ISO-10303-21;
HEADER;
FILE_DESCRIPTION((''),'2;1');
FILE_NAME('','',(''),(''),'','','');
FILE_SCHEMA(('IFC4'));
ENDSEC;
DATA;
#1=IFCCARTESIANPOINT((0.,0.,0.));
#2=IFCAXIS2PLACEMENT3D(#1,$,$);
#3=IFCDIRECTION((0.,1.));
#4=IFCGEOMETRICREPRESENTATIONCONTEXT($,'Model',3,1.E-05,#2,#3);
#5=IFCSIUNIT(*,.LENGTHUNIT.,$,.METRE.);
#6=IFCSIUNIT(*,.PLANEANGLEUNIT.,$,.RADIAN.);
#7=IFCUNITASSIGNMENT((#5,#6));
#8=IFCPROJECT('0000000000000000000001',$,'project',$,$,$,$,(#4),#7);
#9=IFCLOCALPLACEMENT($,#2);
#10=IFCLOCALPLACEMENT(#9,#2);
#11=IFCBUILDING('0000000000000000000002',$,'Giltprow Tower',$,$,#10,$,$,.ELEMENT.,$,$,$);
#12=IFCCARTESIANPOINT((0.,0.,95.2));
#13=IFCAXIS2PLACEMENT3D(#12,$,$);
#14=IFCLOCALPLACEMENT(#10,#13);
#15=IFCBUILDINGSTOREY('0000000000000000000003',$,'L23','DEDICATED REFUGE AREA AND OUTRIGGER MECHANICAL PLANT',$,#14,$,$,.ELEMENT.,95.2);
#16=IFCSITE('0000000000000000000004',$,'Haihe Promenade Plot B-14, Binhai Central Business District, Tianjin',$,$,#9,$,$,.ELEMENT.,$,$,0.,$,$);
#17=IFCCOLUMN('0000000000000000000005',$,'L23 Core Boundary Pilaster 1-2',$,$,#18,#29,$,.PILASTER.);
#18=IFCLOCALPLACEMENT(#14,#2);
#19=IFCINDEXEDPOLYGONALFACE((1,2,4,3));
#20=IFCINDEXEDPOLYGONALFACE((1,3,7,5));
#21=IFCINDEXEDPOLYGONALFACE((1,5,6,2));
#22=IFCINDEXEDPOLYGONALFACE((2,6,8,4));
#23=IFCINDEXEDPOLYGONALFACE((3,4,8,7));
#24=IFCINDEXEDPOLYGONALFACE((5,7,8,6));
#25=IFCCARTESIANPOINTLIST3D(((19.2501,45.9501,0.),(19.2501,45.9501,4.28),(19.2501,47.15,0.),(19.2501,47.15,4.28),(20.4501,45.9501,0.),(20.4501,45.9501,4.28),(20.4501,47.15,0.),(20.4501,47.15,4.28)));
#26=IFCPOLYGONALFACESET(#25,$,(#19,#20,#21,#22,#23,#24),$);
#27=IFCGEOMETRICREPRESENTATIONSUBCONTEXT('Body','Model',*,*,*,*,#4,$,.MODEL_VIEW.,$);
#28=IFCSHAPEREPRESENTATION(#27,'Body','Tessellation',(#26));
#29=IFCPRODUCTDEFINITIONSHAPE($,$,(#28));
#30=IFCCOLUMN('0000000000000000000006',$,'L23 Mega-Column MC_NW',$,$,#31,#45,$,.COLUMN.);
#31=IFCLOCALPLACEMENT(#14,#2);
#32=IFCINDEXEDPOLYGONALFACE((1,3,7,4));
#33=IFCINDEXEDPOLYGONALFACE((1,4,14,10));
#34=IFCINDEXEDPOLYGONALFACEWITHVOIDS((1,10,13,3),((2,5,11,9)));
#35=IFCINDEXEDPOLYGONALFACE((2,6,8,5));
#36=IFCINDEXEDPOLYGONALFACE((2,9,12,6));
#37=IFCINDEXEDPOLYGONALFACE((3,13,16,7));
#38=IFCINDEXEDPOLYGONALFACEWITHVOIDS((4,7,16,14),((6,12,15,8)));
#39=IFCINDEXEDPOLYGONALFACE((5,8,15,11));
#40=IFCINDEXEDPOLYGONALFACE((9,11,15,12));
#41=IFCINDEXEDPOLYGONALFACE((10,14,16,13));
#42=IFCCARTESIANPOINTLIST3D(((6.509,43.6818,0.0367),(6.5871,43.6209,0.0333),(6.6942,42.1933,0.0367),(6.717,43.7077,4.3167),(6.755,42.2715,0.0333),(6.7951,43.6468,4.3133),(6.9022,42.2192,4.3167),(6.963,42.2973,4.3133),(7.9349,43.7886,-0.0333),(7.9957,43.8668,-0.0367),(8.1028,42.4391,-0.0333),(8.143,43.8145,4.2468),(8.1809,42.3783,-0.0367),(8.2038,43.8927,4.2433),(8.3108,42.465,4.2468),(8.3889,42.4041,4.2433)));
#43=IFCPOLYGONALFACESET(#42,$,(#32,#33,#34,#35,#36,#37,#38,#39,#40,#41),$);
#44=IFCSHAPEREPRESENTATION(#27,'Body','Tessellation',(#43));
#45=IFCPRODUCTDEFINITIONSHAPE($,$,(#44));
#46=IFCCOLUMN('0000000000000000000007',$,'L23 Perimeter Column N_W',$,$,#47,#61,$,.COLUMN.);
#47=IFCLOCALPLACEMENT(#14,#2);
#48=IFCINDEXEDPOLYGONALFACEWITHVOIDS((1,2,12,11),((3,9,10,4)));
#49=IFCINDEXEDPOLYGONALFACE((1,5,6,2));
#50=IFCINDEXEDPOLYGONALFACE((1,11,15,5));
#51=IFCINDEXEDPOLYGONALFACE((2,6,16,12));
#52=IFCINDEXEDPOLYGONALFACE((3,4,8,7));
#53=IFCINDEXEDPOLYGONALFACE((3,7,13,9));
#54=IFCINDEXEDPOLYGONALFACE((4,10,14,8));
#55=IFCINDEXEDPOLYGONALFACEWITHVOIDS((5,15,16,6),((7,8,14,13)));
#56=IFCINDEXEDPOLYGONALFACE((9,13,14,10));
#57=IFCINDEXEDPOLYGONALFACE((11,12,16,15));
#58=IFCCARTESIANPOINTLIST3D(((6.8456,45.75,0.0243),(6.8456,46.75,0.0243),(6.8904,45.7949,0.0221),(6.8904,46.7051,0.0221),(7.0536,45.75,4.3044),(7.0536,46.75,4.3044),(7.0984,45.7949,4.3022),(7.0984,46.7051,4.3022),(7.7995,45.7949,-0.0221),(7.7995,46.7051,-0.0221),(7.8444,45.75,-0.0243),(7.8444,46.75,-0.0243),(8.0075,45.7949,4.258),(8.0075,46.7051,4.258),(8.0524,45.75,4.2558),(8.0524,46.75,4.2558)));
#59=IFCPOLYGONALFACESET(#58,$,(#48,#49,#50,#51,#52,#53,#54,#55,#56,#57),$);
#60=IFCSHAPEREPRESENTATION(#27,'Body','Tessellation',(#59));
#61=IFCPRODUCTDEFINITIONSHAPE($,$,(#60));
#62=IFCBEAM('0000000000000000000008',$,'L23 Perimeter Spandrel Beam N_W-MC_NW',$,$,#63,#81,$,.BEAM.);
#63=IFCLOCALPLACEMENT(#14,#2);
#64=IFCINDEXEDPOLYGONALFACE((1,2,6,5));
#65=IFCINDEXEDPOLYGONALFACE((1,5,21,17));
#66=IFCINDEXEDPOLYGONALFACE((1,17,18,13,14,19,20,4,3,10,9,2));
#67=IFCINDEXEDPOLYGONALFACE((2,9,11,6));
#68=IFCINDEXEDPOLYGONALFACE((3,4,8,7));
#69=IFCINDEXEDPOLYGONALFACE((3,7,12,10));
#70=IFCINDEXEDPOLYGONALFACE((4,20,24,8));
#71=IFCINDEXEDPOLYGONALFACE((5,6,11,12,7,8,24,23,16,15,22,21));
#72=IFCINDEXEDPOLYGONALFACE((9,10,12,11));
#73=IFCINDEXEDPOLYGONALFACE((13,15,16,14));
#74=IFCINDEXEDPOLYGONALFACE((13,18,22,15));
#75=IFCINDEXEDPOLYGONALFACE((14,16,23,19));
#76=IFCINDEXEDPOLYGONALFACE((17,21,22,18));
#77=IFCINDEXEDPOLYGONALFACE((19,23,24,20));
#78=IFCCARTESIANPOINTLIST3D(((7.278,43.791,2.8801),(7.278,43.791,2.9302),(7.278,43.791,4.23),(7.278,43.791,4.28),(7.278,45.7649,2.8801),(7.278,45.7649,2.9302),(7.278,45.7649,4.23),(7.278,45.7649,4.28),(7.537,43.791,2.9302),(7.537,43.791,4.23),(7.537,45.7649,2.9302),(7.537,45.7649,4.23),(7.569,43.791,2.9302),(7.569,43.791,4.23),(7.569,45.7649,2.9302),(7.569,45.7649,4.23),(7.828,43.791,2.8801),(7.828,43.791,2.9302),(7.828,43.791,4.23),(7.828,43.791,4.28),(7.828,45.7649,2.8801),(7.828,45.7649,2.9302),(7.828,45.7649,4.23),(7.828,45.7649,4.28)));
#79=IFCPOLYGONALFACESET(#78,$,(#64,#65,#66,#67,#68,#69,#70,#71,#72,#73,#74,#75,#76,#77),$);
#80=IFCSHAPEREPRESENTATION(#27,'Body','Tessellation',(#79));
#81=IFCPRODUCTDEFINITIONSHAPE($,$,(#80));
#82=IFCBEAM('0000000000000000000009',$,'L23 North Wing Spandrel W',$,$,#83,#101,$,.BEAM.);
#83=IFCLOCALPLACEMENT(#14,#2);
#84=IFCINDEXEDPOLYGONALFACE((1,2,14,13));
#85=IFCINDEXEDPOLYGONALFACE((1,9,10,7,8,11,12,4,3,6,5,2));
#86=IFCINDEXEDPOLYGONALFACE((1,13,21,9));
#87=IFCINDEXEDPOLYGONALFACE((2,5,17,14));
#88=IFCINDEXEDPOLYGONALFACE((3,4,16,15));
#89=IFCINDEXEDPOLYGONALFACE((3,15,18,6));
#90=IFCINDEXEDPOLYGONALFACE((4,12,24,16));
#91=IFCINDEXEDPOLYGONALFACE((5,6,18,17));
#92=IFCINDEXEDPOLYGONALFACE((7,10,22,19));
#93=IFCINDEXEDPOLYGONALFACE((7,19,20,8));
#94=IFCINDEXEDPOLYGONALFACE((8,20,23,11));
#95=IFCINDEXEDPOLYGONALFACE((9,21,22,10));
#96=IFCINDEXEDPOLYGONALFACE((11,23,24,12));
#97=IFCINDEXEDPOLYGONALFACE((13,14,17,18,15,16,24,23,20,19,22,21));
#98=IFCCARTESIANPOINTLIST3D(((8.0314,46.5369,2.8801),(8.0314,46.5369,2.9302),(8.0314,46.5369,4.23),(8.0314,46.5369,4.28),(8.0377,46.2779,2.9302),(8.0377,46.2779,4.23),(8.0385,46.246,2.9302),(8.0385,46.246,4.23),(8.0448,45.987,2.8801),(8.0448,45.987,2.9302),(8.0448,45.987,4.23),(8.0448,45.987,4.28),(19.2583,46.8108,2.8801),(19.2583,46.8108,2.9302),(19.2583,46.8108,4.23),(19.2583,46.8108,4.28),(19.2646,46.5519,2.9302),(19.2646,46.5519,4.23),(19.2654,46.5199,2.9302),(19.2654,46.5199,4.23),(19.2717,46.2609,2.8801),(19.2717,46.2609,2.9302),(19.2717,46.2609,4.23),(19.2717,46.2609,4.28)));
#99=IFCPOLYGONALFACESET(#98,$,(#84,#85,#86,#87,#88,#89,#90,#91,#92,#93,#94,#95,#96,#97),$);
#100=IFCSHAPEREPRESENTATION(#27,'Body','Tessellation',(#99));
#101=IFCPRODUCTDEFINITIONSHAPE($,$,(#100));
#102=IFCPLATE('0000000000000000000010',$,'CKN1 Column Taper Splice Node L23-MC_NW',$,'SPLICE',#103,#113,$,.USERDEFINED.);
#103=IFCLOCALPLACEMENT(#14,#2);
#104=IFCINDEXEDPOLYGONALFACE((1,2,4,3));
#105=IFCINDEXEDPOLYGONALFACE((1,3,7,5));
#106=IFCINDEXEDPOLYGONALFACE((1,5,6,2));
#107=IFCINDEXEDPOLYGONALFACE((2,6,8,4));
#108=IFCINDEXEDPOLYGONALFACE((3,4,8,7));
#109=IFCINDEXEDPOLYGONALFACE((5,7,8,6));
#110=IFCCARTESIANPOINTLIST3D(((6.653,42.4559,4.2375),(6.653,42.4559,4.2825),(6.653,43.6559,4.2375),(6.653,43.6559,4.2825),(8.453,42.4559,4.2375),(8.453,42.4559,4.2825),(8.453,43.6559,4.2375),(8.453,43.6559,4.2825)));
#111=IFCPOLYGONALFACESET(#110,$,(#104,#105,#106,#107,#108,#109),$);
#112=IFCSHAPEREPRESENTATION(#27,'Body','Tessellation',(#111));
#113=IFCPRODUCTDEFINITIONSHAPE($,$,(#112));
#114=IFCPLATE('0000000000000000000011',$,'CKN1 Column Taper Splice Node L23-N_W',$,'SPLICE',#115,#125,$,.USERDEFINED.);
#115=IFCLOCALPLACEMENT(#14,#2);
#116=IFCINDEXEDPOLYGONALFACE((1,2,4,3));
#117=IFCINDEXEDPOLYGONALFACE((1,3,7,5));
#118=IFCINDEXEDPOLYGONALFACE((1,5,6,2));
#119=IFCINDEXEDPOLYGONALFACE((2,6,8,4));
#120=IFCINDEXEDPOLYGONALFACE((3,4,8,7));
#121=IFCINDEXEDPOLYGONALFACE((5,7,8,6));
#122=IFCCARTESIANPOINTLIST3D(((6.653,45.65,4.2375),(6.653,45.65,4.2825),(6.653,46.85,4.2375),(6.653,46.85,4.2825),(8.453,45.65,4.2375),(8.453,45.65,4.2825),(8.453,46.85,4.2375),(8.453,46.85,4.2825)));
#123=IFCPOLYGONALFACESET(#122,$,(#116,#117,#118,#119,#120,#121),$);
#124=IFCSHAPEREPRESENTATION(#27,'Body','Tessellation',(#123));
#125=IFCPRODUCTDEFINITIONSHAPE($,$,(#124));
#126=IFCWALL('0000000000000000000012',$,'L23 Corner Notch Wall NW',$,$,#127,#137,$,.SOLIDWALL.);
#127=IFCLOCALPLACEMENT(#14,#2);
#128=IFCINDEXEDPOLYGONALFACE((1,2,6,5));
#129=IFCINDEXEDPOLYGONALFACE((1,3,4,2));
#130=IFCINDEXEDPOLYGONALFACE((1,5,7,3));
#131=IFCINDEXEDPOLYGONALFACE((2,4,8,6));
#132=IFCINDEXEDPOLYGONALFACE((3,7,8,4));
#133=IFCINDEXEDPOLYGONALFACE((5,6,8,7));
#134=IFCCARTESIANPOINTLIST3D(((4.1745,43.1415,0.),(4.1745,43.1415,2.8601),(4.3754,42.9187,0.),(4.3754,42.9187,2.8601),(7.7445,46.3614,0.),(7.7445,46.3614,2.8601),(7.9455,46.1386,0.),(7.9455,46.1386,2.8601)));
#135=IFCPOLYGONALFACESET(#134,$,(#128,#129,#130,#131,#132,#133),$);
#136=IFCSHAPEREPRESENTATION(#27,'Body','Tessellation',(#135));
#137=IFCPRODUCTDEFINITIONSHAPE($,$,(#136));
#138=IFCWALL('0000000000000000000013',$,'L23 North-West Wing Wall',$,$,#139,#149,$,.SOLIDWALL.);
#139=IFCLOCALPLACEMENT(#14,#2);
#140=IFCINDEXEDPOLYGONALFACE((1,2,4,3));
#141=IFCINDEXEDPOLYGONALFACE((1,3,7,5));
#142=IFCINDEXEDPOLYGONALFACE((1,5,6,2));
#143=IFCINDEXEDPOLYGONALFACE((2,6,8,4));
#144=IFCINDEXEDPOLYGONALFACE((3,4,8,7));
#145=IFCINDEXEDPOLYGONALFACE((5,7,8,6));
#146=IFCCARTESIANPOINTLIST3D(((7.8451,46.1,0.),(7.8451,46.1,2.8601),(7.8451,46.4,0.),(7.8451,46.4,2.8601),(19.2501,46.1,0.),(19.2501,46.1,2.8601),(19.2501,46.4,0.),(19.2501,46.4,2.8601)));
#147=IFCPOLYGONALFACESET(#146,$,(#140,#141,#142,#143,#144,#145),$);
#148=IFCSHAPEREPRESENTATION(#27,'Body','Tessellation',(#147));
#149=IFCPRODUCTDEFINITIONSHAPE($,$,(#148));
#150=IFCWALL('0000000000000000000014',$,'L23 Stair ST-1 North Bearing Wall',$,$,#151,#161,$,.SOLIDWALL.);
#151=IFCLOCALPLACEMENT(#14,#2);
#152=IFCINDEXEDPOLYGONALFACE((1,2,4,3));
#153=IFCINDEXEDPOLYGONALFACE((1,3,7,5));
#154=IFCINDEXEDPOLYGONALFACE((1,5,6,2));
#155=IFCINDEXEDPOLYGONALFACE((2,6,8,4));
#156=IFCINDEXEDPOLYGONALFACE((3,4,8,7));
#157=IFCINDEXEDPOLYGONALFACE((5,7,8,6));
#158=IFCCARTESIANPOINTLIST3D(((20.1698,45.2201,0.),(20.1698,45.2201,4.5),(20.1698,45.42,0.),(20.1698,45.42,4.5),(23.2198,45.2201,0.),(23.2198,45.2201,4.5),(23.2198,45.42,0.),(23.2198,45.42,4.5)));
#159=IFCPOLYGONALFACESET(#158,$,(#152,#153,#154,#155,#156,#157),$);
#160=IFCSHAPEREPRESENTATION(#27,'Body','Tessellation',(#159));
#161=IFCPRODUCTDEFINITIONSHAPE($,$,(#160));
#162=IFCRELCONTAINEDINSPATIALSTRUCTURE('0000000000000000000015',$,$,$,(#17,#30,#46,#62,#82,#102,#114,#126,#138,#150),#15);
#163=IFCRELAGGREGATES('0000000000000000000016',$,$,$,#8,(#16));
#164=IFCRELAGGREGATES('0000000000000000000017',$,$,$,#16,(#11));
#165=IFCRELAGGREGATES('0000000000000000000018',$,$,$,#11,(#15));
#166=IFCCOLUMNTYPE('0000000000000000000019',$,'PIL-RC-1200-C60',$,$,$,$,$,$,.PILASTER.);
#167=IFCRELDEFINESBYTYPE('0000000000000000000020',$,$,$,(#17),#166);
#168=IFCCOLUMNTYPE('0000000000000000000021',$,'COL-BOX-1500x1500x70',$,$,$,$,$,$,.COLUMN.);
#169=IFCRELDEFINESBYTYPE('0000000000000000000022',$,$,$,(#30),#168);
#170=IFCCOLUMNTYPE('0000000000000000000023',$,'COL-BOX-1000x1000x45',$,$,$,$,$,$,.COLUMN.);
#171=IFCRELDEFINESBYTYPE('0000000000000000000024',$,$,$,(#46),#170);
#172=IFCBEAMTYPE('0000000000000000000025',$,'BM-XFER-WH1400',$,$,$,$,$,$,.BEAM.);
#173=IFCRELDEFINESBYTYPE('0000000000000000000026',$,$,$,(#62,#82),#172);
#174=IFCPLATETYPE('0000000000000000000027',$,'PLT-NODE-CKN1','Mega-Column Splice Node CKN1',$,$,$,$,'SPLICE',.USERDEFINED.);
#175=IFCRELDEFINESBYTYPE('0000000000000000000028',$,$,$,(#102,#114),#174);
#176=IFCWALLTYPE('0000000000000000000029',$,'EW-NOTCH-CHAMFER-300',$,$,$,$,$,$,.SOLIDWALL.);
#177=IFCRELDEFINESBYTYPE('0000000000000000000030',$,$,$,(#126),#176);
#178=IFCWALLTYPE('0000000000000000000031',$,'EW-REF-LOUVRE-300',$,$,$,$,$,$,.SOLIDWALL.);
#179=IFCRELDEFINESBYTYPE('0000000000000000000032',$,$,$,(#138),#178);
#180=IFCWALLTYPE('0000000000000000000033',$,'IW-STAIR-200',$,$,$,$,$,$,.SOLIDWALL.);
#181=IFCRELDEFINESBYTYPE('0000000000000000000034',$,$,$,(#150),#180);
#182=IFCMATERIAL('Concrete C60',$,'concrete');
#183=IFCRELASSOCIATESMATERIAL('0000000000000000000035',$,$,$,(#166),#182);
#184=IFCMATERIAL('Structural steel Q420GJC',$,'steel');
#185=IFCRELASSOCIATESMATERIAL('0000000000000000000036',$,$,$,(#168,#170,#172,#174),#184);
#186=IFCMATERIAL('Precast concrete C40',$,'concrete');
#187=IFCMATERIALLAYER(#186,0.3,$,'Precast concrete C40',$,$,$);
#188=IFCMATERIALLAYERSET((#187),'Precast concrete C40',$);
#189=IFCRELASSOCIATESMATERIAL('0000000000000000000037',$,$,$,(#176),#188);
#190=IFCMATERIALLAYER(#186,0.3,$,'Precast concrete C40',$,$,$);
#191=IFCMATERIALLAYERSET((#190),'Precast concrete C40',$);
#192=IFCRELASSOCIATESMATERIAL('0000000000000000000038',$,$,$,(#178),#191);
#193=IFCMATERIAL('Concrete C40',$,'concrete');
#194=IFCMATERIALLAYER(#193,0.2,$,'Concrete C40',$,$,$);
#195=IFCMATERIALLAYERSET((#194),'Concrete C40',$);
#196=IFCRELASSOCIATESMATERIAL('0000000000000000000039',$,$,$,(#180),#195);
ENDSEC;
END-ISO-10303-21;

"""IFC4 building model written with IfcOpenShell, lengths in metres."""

from ifc_helpers import new_model, si_unit, direction, frame, frame_2d, origin, origin_2d, place, context, subcontext, project, spatial, rectangle, hollow_rectangle, i_section, extrude, source, transform, mapped, material, layer, layer_set, material_profile, profile_set, type_object, element, save


model = new_model("IFC4")

# Units and contexts
model_context = context("Model", 3, precision=1e-05, world=origin(), true_north=direction((0.0, 1.0)))
body_context = subcontext(model_context, "Body", "Model", "MODEL_VIEW")
ifc_project = project(units=[si_unit("LENGTHUNIT", "METRE"), si_unit("PLANEANGLEUNIT", "RADIAN")], contexts=[model_context])

# Site, building, storey
site_placement = place(None, origin())
site = spatial("IfcSite", under=ifc_project, at=site_placement, Name="Haihe Promenade Plot B-14, Binhai Central Business District, Tianjin", CompositionType="ELEMENT", RefElevation=0.0)
building_placement = place(site_placement, origin())
building = spatial("IfcBuilding", under=site, at=building_placement, Name="Giltprow Tower", CompositionType="ELEMENT")
storey_placement = place(building_placement, frame((0.0, 0.0, 95.2)))
storey = spatial("IfcBuildingStorey", under=building, at=storey_placement, Name="L23", Description="DEDICATED REFUGE AREA AND OUTRIGGER MECHANICAL PLANT", CompositionType="ELEMENT", Elevation=95.2)

# Columns
ifc_material_1 = material(Name="Concrete C60", Category="concrete")
ifc_material_profile_1 = material_profile(ifc_material_1, rectangle(XDim=1.2, YDim=1.2, at=origin_2d()), Name="RC 1200x1200")
ifc_profile_set_1 = profile_set([ifc_material_profile_1], Name="Concrete C60")
column_type_1 = type_object("IfcColumnType", Name="PIL-RC-1200-C60", PredefinedType="PILASTER", material=ifc_profile_set_1)
shared_shape_1 = source(origin(), body_context, "Body", "SweptSolid", [
    extrude(rectangle(XDim=1.2, YDim=1.2, at=origin_2d()), origin(), (0.0, 0.0, 1.0), 4.28),
])
column_1_placement = place(storey_placement, frame((19.8501, 46.55, 0.0), z_axis=(0.0, 0.0, 1.0), x_axis=(1.0, 0.0, 0.0)))
element("IfcColumn", 1, at=column_1_placement, inside=storey, type_object=column_type_1, Name="L23 Core Boundary Pilaster 1-2", PredefinedType="PILASTER", context=body_context, shape_type="MappedRepresentation", body=[
    mapped(shared_shape_1, transform((0.0, 0.0, 0.0), x_axis=(1.0, 0.0, 0.0), y_axis=(0.0, 1.0, 0.0), z_axis=(0.0, 0.0, 1.0), scale=1.0)),
])
ifc_material_2 = material(Name="Structural steel Q420GJC", Category="steel")
ifc_material_profile_2 = material_profile(ifc_material_2, hollow_rectangle(XDim=1.5, YDim=1.5, WallThickness=0.0701, at=origin_2d()), Name="BOX 1500x1500x70")
ifc_profile_set_2 = profile_set([ifc_material_profile_2], Name="Structural steel Q420GJC")
column_type_2 = type_object("IfcColumnType", Name="COL-BOX-1500x1500x70", PredefinedType="COLUMN", material=ifc_profile_set_2)
shared_shape_2 = source(origin(), body_context, "Body", "SweptSolid", [
    extrude(hollow_rectangle(XDim=1.5, YDim=1.5, WallThickness=0.0701, at=origin_2d()), origin(), (0.0, 0.0, 1.0), 4.2852),
])
column_2_placement = place(storey_placement, frame((7.345, 43.03, 0.0), z_axis=(0.048541, 0.006039, 0.998803), x_axis=(-0.123461, 0.992349, 0.0)))
element("IfcColumn", 2, at=column_2_placement, inside=storey, type_object=column_type_2, Name="L23 Mega-Column MC_NW", PredefinedType="COLUMN", context=body_context, shape_type="MappedRepresentation", body=[
    mapped(shared_shape_2, transform((0.0, 0.0, 0.0), x_axis=(1.0, 0.0, 0.0), y_axis=(0.0, 1.0, 0.0), z_axis=(0.0, 0.0, 1.0), scale=1.0)),
])
ifc_material_profile_3 = material_profile(ifc_material_2, hollow_rectangle(XDim=1.0, YDim=1.0, WallThickness=0.0449, at=origin_2d()), Name="BOX 1000x1000x45")
ifc_profile_set_3 = profile_set([ifc_material_profile_3], Name="Structural steel Q420GJC")
column_type_3 = type_object("IfcColumnType", Name="COL-BOX-1000x1000x45", PredefinedType="COLUMN", material=ifc_profile_set_3)
shared_shape_3 = source(origin(), body_context, "Body", "SweptSolid", [
    extrude(hollow_rectangle(XDim=1.0, YDim=1.0, WallThickness=0.0449, at=origin_2d()), origin(), (0.0, 0.0, 1.0), 4.2852),
])
column_3_placement = place(storey_placement, frame((7.345, 46.25, 0.0), z_axis=(0.048542, 0.0, 0.998821), x_axis=(0.0, 1.0, 0.0)))
element("IfcColumn", 3, at=column_3_placement, inside=storey, type_object=column_type_3, Name="L23 Perimeter Column N_W", PredefinedType="COLUMN", context=body_context, shape_type="MappedRepresentation", body=[
    mapped(shared_shape_3, transform((0.0, 0.0, 0.0), x_axis=(1.0, 0.0, 0.0), y_axis=(0.0, 1.0, 0.0), z_axis=(0.0, 0.0, 1.0), scale=1.0)),
])

# Beams
ifc_material_profile_4 = material_profile(ifc_material_2, i_section(OverallWidth=0.55, OverallDepth=1.3999, WebThickness=0.032, FlangeThickness=0.05, at=origin_2d()), Name="WH 1400x550x32x50")
ifc_profile_set_4 = profile_set([ifc_material_profile_4], Name="Structural steel Q420GJC")
beam_type = type_object("IfcBeamType", Name="BM-XFER-WH1400", PredefinedType="BEAM", material=ifc_profile_set_4)
shared_shape_4 = source(origin(), body_context, "Body", "SweptSolid", [
    extrude(i_section(OverallWidth=0.55, OverallDepth=1.3999, WebThickness=0.032, FlangeThickness=0.05, at=origin_2d()), origin(), (0.0, 0.0, 1.0), 1.9739),
])
beam_1_placement = place(storey_placement, frame((7.553, 45.7649, 3.5801), z_axis=(0.0, -1.0, 0.0), x_axis=(1.0, 0.0, 0.0)))
element("IfcBeam", 4, at=beam_1_placement, inside=storey, type_object=beam_type, Name="L23 Perimeter Spandrel Beam N_W-MC_NW", PredefinedType="BEAM", context=body_context, shape_type="MappedRepresentation", body=[
    mapped(shared_shape_4, transform((0.0, 0.0, 0.0), x_axis=(1.0, 0.0, 0.0), y_axis=(0.0, 1.0, 0.0), z_axis=(0.0, 0.0, 1.0), scale=1.0)),
])
shared_shape_5 = source(origin(), body_context, "Body", "SweptSolid", [
    extrude(i_section(OverallWidth=0.55, OverallDepth=1.3999, WebThickness=0.032, FlangeThickness=0.05, at=origin_2d()), origin(), (0.0, 0.0, 1.0), 11.2302),
])
beam_2_placement = place(storey_placement, frame((8.0381, 46.262, 3.5801), z_axis=(0.999702, 0.024392, 0.0), x_axis=(-0.024392, 0.999702, 0.0)))
element("IfcBeam", 5, at=beam_2_placement, inside=storey, type_object=beam_type, Name="L23 North Wing Spandrel W", PredefinedType="BEAM", context=body_context, shape_type="MappedRepresentation", body=[
    mapped(shared_shape_5, transform((0.0, 0.0, 0.0), x_axis=(1.0, 0.0, 0.0), y_axis=(0.0, 1.0, 0.0), z_axis=(0.0, 0.0, 1.0), scale=1.0)),
])

# Plates
plate_type = type_object("IfcPlateType", Name="PLT-NODE-CKN1", Description="Mega-Column Splice Node CKN1", ElementType="SPLICE", PredefinedType="USERDEFINED", material=ifc_material_2)
shared_shape_6 = source(origin(), body_context, "Body", "SweptSolid", [
    extrude(rectangle(XDim=1.8, YDim=1.2, at=origin_2d()), origin(), (0.0, 0.0, 1.0), 0.0449),
])
for number, where, z_axis, x_axis, name in (
    (6, (7.553, 43.0559, 4.2375), (0.0, 0.0, 1.0), (1.0, 0.0, 0.0), "CKN1 Column Taper Splice Node L23-MC_NW"),
    (7, (7.553, 46.25, 4.2375), (0.0, 0.0, 1.0), (1.0, 0.0, 0.0), "CKN1 Column Taper Splice Node L23-N_W"),
):
    element("IfcPlate", number, at=place(storey_placement, frame(where, z_axis=z_axis, x_axis=x_axis)), inside=storey, type_object=plate_type, Name=name, ObjectType="SPLICE", PredefinedType="USERDEFINED", context=body_context, shape_type="MappedRepresentation", body=[
        mapped(shared_shape_6, transform((0.0, 0.0, 0.0), x_axis=(1.0, 0.0, 0.0), y_axis=(0.0, 1.0, 0.0), z_axis=(0.0, 0.0, 1.0), scale=1.0)),
    ])

# Walls
ifc_material_3 = material(Name="Precast concrete C40", Category="concrete")
ifc_layer_1 = layer(ifc_material_3, 0.3, Name="Precast concrete C40")
ifc_layer_set_1 = layer_set([ifc_layer_1], Name="Precast concrete C40")
wall_type_1 = type_object("IfcWallType", Name="EW-NOTCH-CHAMFER-300", PredefinedType="SOLIDWALL", material=ifc_layer_set_1)
wall_1_placement = place(storey_placement, frame((7.845, 46.25, 0.0), z_axis=(0.0, 0.0, 1.0), x_axis=(-0.742579, -0.669758, 0.0)))
element("IfcWall", 8, at=wall_1_placement, inside=storey, type_object=wall_type_1, Name="L23 Corner Notch Wall NW", PredefinedType="SOLIDWALL", context=body_context, shape_type="SweptSolid", body=[
    extrude(rectangle(XDim=4.8076, YDim=0.3, at=frame_2d((2.4038, 0.0))), origin(), (0.0, 0.0, 1.0), 2.8601),
])
ifc_layer_2 = layer(ifc_material_3, 0.3, Name="Precast concrete C40")
ifc_layer_set_2 = layer_set([ifc_layer_2], Name="Precast concrete C40")
wall_type_2 = type_object("IfcWallType", Name="EW-REF-LOUVRE-300", PredefinedType="SOLIDWALL", material=ifc_layer_set_2)
wall_2_placement = place(storey_placement, frame((7.845, 46.25, 0.0), z_axis=(0.0, 0.0, 1.0), x_axis=(1.0, 0.0, 0.0)))
element("IfcWall", 9, at=wall_2_placement, inside=storey, type_object=wall_type_2, Name="L23 North-West Wing Wall", PredefinedType="SOLIDWALL", context=body_context, shape_type="SweptSolid", body=[
    extrude(rectangle(XDim=11.405, YDim=0.3, at=frame_2d((5.7026, 0.0))), origin(), (0.0, 0.0, 1.0), 2.8601),
])
ifc_material_4 = material(Name="Concrete C40", Category="concrete")
ifc_layer_3 = layer(ifc_material_4, 0.2, Name="Concrete C40")
ifc_layer_set_3 = layer_set([ifc_layer_3], Name="Concrete C40")
wall_type_3 = type_object("IfcWallType", Name="IW-STAIR-200", PredefinedType="SOLIDWALL", material=ifc_layer_set_3)
wall_3_placement = place(storey_placement, frame((20.1699, 45.3201, 0.0), z_axis=(0.0, 0.0, 1.0), x_axis=(1.0, 0.0, 0.0)))
element("IfcWall", 10, at=wall_3_placement, inside=storey, type_object=wall_type_3, Name="L23 Stair ST-1 North Bearing Wall", PredefinedType="SOLIDWALL", context=body_context, shape_type="SweptSolid", body=[
    extrude(rectangle(XDim=3.05, YDim=0.2, at=frame_2d((1.5249, 0.0))), origin(), (0.0, 0.0, 1.0), 4.5),
])

save(model, "model.ifc")
